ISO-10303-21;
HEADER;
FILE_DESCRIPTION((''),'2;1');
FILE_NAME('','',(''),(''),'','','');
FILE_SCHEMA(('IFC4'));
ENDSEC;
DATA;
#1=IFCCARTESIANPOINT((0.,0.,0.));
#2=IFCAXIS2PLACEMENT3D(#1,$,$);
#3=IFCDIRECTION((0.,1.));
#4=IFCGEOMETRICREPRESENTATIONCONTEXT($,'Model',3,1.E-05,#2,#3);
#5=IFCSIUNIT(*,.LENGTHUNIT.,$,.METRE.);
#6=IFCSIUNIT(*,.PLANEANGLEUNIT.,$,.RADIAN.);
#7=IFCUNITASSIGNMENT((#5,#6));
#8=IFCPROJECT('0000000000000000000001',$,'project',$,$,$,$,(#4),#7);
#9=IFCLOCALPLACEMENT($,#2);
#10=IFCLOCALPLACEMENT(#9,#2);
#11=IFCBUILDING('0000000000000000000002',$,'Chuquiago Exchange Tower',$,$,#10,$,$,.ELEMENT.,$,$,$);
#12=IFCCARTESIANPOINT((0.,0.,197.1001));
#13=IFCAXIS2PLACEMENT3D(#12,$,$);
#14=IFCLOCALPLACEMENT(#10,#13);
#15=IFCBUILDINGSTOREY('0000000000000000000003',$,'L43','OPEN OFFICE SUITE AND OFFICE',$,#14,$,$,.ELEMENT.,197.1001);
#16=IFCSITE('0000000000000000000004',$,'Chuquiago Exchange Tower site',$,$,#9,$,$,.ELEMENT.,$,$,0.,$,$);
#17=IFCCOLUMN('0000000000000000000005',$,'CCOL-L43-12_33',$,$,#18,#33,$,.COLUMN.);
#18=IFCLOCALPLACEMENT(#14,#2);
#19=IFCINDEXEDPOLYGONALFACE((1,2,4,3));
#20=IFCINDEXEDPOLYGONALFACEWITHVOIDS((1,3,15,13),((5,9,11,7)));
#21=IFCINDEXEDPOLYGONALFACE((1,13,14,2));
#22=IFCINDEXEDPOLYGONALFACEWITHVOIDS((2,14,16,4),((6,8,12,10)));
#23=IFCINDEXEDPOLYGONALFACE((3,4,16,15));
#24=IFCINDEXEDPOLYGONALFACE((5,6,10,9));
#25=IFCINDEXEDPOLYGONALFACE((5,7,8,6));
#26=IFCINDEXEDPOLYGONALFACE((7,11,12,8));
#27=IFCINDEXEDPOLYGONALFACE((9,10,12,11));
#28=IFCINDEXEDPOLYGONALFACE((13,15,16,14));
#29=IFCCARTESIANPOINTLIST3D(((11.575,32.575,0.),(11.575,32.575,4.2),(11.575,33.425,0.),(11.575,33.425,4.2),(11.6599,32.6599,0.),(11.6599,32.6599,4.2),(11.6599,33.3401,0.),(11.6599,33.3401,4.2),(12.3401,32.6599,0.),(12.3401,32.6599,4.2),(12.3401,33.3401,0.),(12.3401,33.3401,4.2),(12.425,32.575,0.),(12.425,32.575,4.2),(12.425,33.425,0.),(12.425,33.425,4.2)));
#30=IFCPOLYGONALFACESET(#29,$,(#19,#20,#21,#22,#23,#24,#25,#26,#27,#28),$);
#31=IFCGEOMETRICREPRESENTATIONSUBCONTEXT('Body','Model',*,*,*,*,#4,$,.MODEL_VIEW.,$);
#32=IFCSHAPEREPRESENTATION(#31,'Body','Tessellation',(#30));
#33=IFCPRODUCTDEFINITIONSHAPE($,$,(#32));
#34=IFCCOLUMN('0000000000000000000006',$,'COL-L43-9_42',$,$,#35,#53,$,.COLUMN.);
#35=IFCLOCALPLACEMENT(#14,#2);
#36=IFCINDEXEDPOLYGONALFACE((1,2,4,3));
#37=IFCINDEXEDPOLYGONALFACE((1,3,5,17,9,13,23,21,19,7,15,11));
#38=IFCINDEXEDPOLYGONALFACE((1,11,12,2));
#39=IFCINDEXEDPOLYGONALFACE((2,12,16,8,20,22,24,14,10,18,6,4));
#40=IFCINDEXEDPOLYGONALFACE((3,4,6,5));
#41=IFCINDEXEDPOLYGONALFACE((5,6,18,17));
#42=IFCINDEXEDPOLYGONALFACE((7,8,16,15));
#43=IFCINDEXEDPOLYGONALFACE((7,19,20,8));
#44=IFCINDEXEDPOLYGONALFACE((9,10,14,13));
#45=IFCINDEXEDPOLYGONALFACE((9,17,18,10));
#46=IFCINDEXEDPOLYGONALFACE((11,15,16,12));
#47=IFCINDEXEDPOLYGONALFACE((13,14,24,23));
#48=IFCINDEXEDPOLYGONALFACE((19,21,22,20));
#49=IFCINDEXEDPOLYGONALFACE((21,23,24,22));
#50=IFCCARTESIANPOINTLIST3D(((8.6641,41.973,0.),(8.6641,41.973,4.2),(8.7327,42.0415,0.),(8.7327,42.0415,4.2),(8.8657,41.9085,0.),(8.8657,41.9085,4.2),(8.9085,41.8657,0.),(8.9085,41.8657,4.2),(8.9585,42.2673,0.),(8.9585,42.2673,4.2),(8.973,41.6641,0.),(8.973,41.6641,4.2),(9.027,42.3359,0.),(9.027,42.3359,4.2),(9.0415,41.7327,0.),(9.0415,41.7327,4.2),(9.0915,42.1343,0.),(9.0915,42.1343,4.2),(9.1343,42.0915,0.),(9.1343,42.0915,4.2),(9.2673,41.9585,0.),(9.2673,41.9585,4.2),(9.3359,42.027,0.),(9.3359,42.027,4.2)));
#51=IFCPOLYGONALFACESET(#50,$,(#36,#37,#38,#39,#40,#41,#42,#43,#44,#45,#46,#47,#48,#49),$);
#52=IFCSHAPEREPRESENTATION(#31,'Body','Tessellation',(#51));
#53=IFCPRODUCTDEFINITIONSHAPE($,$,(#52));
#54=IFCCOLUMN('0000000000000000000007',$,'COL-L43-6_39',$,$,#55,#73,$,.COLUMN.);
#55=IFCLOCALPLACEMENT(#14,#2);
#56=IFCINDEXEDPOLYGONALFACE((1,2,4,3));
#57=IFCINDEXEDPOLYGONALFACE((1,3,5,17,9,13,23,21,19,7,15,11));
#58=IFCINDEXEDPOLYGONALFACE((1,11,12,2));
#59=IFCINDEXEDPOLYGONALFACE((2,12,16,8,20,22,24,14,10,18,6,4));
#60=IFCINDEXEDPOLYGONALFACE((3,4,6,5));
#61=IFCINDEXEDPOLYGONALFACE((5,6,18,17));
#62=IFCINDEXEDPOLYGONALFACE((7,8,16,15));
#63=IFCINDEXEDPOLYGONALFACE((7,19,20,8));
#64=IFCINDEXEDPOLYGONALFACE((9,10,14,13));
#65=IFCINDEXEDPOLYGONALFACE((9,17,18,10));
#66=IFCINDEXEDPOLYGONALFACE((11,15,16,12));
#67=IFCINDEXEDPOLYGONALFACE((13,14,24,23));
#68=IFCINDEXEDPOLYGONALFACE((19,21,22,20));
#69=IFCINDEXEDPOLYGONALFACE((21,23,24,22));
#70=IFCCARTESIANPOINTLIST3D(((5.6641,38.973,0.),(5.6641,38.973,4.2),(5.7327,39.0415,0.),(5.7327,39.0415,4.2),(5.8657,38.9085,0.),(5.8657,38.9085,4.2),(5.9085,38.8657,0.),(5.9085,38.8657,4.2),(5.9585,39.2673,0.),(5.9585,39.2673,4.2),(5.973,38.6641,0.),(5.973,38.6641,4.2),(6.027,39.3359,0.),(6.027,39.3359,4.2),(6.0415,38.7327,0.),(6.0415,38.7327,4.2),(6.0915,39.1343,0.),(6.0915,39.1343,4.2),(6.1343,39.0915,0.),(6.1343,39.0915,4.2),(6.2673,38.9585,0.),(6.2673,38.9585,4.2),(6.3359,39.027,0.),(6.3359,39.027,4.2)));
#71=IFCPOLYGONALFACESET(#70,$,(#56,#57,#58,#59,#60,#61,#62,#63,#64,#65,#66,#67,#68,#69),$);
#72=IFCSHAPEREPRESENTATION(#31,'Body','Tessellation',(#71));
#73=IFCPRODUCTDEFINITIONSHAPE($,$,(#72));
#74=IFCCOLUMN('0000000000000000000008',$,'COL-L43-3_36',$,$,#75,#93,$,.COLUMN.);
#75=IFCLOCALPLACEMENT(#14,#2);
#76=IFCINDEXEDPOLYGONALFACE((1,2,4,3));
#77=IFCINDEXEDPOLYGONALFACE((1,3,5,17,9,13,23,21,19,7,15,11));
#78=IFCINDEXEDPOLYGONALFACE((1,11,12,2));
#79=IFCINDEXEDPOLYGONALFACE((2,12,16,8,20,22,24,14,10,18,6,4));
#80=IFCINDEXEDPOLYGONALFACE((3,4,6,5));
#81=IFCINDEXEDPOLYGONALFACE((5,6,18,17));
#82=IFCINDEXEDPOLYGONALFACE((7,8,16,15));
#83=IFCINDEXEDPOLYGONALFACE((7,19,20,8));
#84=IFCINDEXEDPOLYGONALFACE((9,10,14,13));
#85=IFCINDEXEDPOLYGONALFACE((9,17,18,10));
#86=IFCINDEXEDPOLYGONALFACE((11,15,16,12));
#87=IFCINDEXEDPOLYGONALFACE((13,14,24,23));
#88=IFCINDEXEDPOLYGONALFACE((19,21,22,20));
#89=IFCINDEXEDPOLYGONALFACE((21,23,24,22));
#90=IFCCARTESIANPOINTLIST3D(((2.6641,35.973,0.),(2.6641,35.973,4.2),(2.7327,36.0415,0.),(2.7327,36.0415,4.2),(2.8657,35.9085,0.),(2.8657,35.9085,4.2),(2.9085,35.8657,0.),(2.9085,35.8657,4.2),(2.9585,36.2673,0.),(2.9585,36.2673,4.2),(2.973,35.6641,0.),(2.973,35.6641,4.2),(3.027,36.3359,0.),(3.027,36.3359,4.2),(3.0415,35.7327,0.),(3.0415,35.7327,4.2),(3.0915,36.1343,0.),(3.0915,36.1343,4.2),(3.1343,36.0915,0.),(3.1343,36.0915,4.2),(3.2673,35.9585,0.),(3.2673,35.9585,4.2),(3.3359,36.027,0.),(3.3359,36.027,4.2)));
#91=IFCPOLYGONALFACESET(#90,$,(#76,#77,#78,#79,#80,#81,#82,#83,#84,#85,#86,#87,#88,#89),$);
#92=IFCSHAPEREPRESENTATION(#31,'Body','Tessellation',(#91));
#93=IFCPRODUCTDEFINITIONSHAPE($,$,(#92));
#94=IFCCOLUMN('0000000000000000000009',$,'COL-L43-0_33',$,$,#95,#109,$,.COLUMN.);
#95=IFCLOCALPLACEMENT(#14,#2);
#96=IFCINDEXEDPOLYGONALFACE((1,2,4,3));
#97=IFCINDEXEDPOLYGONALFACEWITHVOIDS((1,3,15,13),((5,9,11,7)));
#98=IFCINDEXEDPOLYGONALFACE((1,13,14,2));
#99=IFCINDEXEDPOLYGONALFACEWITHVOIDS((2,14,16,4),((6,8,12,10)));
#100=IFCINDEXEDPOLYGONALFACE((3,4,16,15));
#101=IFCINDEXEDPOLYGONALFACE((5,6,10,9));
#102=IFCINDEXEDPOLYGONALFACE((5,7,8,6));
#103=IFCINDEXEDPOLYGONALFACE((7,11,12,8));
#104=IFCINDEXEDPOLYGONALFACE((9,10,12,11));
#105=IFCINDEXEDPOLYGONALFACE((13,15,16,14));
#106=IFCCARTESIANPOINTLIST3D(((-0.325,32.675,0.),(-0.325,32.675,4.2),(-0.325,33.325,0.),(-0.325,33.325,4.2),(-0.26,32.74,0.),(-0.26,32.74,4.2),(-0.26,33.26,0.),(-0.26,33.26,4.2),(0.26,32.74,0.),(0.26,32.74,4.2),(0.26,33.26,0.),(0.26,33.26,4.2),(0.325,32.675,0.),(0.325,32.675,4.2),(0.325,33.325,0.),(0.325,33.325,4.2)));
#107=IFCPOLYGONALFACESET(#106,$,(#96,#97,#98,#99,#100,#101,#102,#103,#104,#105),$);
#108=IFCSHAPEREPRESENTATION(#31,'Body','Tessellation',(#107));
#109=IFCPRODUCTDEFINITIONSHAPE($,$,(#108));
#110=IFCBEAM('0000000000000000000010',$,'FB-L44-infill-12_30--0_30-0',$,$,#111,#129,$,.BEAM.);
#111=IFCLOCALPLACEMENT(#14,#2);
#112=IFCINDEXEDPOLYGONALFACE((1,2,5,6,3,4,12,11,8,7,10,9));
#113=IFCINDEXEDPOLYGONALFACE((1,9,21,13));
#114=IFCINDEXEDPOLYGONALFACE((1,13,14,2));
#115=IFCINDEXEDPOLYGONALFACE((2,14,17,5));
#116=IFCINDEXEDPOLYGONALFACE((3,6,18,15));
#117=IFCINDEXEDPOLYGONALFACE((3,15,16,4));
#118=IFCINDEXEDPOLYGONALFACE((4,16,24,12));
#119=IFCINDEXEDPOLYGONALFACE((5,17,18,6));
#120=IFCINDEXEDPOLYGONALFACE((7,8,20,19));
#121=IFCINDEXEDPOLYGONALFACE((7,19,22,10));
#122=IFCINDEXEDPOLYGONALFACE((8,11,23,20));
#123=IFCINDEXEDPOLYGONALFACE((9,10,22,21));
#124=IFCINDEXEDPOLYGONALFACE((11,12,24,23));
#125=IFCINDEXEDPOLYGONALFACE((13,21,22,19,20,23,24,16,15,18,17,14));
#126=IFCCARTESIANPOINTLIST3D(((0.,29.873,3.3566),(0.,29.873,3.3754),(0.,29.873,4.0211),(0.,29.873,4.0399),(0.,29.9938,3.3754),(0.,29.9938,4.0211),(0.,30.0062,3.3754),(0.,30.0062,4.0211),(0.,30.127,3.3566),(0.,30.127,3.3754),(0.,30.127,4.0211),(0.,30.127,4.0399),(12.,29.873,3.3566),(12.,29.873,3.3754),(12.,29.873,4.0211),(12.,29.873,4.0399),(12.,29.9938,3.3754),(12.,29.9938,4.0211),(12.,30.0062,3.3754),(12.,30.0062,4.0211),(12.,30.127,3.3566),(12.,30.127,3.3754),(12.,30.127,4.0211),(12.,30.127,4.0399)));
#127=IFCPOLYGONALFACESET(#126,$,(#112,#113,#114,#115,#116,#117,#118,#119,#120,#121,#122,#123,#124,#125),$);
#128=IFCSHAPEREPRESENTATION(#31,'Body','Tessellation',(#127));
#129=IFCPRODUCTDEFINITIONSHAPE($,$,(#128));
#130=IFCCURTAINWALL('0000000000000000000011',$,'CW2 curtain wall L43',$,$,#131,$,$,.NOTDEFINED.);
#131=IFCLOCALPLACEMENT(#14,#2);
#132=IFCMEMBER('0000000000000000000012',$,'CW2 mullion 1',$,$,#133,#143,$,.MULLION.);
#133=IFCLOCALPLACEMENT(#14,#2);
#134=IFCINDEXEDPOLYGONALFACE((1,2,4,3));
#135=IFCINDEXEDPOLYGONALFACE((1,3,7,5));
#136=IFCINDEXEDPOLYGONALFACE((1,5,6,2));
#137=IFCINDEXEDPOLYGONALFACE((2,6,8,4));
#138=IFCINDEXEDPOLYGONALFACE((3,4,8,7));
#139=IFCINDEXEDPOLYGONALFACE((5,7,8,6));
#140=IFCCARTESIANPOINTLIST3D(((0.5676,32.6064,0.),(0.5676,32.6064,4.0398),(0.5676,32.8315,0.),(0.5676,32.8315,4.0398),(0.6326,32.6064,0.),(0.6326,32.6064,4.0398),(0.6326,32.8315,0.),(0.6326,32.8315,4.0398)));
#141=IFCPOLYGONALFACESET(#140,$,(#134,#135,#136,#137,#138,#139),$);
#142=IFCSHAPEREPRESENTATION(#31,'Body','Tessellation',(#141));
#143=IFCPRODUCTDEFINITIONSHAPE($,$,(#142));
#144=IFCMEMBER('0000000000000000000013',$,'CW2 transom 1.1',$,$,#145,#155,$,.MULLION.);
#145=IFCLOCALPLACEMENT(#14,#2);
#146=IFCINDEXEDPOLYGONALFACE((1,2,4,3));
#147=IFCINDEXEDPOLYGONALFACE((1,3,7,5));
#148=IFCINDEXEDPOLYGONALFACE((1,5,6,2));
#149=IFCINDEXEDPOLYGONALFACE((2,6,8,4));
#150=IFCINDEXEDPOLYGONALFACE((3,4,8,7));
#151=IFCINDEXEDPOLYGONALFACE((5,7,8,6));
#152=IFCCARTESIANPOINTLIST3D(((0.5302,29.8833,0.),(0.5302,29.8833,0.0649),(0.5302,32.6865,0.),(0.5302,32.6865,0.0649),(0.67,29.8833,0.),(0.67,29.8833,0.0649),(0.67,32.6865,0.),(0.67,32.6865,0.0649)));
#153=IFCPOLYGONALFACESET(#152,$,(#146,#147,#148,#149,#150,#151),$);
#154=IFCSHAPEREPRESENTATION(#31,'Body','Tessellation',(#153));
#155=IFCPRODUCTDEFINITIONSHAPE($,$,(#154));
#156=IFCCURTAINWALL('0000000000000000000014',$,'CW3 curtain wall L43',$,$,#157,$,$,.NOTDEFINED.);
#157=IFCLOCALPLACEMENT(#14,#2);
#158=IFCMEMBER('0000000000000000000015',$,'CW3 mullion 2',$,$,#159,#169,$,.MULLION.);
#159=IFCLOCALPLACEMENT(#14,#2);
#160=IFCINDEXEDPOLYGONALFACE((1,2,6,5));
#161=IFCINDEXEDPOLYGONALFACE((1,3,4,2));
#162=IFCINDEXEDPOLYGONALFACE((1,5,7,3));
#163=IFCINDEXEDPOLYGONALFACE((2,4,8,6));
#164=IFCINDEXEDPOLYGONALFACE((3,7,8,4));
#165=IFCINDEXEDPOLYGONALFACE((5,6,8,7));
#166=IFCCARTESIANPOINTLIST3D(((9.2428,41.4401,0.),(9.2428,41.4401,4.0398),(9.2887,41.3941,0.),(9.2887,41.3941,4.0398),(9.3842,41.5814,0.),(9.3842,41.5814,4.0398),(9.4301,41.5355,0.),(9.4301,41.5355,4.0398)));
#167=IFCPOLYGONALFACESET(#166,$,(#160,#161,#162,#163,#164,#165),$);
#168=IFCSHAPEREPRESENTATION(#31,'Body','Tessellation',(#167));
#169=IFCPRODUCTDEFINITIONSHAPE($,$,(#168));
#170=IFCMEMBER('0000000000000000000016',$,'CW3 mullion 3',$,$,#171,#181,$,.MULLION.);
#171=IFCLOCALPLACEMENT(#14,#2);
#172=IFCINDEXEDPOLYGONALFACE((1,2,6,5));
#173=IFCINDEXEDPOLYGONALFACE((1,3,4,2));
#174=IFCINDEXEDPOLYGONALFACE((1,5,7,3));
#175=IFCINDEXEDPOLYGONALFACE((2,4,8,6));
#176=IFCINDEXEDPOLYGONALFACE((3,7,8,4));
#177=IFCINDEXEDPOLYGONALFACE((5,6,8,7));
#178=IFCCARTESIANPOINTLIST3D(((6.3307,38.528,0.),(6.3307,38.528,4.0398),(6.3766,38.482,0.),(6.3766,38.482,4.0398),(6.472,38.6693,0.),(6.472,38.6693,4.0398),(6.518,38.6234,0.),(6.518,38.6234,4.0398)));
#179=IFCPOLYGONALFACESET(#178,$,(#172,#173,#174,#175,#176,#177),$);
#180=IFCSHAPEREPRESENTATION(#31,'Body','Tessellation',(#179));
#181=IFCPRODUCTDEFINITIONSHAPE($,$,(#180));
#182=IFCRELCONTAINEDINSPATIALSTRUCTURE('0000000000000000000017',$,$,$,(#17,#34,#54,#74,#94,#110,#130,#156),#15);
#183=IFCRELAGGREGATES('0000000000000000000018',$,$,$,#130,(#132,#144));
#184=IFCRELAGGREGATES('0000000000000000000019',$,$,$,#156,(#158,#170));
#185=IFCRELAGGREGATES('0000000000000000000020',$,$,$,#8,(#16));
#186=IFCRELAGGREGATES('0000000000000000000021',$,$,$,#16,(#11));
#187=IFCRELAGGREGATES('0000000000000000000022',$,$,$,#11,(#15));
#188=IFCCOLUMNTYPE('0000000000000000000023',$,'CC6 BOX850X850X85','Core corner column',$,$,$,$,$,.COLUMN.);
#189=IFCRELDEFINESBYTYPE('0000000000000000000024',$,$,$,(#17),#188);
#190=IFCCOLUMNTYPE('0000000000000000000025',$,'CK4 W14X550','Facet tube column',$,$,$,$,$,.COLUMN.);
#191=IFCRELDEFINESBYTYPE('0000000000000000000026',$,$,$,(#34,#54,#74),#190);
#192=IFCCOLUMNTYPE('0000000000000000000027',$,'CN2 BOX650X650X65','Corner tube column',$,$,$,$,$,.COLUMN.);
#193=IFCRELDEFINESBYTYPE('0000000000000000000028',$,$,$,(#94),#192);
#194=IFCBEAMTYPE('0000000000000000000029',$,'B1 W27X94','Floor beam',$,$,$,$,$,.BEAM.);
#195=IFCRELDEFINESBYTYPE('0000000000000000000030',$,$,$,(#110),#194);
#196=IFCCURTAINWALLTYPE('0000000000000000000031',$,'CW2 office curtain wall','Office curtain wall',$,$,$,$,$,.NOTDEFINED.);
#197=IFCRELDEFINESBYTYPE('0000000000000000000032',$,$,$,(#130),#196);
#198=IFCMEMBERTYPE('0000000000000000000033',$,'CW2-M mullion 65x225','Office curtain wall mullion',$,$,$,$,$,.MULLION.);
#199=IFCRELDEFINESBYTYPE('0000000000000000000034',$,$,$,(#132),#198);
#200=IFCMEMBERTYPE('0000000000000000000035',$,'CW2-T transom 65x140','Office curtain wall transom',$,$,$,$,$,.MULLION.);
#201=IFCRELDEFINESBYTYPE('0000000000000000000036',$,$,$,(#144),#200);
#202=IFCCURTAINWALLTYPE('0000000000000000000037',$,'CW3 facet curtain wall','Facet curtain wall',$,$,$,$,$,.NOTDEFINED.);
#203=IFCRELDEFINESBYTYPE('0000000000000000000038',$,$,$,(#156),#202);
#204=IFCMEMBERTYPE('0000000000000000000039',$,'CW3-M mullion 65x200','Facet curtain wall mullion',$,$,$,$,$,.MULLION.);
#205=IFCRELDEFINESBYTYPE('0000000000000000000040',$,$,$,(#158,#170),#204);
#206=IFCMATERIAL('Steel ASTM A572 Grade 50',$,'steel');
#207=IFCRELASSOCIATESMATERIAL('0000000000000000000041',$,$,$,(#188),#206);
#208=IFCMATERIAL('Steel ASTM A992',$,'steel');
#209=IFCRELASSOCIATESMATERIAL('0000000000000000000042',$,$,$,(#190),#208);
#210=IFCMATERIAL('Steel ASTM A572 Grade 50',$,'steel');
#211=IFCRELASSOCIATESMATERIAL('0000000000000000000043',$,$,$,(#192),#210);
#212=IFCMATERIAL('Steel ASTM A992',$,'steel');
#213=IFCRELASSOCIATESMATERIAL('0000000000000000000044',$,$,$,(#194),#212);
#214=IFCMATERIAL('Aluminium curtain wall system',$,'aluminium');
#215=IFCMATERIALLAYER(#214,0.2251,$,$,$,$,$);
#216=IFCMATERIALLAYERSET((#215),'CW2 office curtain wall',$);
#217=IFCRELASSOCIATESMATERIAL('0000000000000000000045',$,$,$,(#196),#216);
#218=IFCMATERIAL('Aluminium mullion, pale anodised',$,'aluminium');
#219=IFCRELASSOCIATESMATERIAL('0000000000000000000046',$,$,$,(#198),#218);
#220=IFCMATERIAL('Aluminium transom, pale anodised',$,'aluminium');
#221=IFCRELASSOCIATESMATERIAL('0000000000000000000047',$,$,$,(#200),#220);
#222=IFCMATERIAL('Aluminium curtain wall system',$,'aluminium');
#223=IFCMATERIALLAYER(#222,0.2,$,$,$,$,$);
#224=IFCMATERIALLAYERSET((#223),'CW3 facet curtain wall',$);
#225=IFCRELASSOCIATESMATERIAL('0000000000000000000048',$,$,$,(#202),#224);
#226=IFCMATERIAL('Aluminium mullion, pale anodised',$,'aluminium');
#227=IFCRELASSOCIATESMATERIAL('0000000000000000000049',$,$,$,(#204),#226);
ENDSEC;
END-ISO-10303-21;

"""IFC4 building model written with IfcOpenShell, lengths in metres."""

from ifc_helpers import new_model, si_unit, direction, frame, origin, origin_2d, place, context, subcontext, project, spatial, rectangle, hollow_rectangle, i_section, extrude, material, layer, layer_set, material_profile, profile_set, type_object, element, aggregate, save


model = new_model("IFC4")

# Units and contexts
model_context = context("Model", 3, precision=1e-05, world=origin(), true_north=direction((0.0, 1.0)))
body_context = subcontext(model_context, "Body", "Model", "MODEL_VIEW")
ifc_project = project(units=[si_unit("LENGTHUNIT", "METRE"), si_unit("PLANEANGLEUNIT", "RADIAN")], contexts=[model_context])

# Site, building, storey
site_placement = place(None, origin())
site = spatial("IfcSite", under=ifc_project, at=site_placement, Name="Chuquiago Exchange Tower site", CompositionType="ELEMENT", RefElevation=0.0)
building_placement = place(site_placement, origin())
building = spatial("IfcBuilding", under=site, at=building_placement, Name="Chuquiago Exchange Tower", CompositionType="ELEMENT")
storey_placement = place(building_placement, frame((0.0, 0.0, 197.1001)))
storey = spatial("IfcBuildingStorey", under=building, at=storey_placement, Name="L43", Description="OPEN OFFICE SUITE AND OFFICE", CompositionType="ELEMENT", Elevation=197.1001)

# Columns
ifc_material_1 = material(Name="Steel ASTM A572 Grade 50", Category="steel")
ifc_material_profile_1 = material_profile(ifc_material_1, hollow_rectangle(XDim=0.8501, YDim=0.8501, WallThickness=0.085, at=origin_2d()), Name="BOX850X850X85")
ifc_profile_set_1 = profile_set([ifc_material_profile_1], Name="Steel ASTM A572 Grade 50")
column_type_1 = type_object("IfcColumnType", Name="CC6 BOX850X850X85", Description="Core corner column", PredefinedType="COLUMN", material=ifc_profile_set_1)
column_1_placement = place(storey_placement, frame((12.0, 33.0, 0.0), z_axis=(0.0, 0.0, 1.0), x_axis=(1.0, 0.0, 0.0)))
element("IfcColumn", 1, at=column_1_placement, inside=storey, type_object=column_type_1, Name="CCOL-L43-12_33", PredefinedType="COLUMN", context=body_context, shape_type="SweptSolid", body=[
    extrude(hollow_rectangle(XDim=0.8501, YDim=0.8501, WallThickness=0.085, at=origin_2d()), origin(), (0.0, 0.0, 1.0), 4.2),
])
ifc_material_2 = material(Name="Steel ASTM A992", Category="steel")
ifc_material_profile_2 = material_profile(ifc_material_2, i_section(OverallWidth=0.4368, OverallDepth=0.5132, WebThickness=0.0605, FlangeThickness=0.0969, at=origin_2d()), Name="W14X550")
ifc_profile_set_2 = profile_set([ifc_material_profile_2], Name="Steel ASTM A992")
column_type_2 = type_object("IfcColumnType", Name="CK4 W14X550", Description="Facet tube column", PredefinedType="COLUMN", material=ifc_profile_set_2)
for number, where, z_axis, x_axis, name in (
    (2, (9.0, 42.0, 0.0), (0.0, 0.0, 1.0), (-0.707107, 0.707107, 0.0), "COL-L43-9_42"),
    (3, (6.0, 39.0, 0.0), (0.0, 0.0, 1.0), (-0.707107, 0.707107, 0.0), "COL-L43-6_39"),
    (4, (3.0, 36.0, 0.0), (0.0, 0.0, 1.0), (-0.707107, 0.707107, 0.0), "COL-L43-3_36"),
):
    element("IfcColumn", number, at=place(storey_placement, frame(where, z_axis=z_axis, x_axis=x_axis)), inside=storey, type_object=column_type_2, Name=name, PredefinedType="COLUMN", context=body_context, shape_type="SweptSolid", body=[
        extrude(i_section(OverallWidth=0.4368, OverallDepth=0.5132, WebThickness=0.0605, FlangeThickness=0.0969, at=origin_2d()), origin(), (0.0, 0.0, 1.0), 4.2),
    ])
ifc_material_3 = material(Name="Steel ASTM A572 Grade 50", Category="steel")
ifc_material_profile_3 = material_profile(ifc_material_3, hollow_rectangle(XDim=0.6499, YDim=0.6499, WallThickness=0.0649, at=origin_2d()), Name="BOX650X650X65")
ifc_profile_set_3 = profile_set([ifc_material_profile_3], Name="Steel ASTM A572 Grade 50")
column_type_3 = type_object("IfcColumnType", Name="CN2 BOX650X650X65", Description="Corner tube column", PredefinedType="COLUMN", material=ifc_profile_set_3)
column_2_placement = place(storey_placement, frame((0.0, 33.0, 0.0), z_axis=(0.0, 0.0, 1.0), x_axis=(-1.0, 0.0, 0.0)))
element("IfcColumn", 5, at=column_2_placement, inside=storey, type_object=column_type_3, Name="COL-L43-0_33", PredefinedType="COLUMN", context=body_context, shape_type="SweptSolid", body=[
    extrude(hollow_rectangle(XDim=0.6499, YDim=0.6499, WallThickness=0.0649, at=origin_2d()), origin(), (0.0, 0.0, 1.0), 4.2),
])

# Beam
ifc_material_4 = material(Name="Steel ASTM A992", Category="steel")
ifc_material_profile_4 = material_profile(ifc_material_4, i_section(OverallWidth=0.2539, OverallDepth=0.6833, WebThickness=0.0125, FlangeThickness=0.0188, at=origin_2d()), Name="W27X94")
ifc_profile_set_4 = profile_set([ifc_material_profile_4], Name="Steel ASTM A992")
beam_type_1 = type_object("IfcBeamType", Name="B1 W27X94", Description="Floor beam", PredefinedType="BEAM", material=ifc_profile_set_4)
beam_1_placement = place(storey_placement, frame((12.0, 30.0, 3.6982), z_axis=(-1.0, 0.0, 0.0), x_axis=(0.0, -1.0, 0.0)))
element("IfcBeam", 6, at=beam_1_placement, inside=storey, type_object=beam_type_1, Name="FB-L44-infill-12_30--0_30-0", PredefinedType="BEAM", context=body_context, shape_type="SweptSolid", body=[
    extrude(i_section(OverallWidth=0.2539, OverallDepth=0.6833, WebThickness=0.0125, FlangeThickness=0.0188, at=origin_2d()), origin(), (0.0, 0.0, 1.0), 12.0),
])

# Curtain walls, members
ifc_material_5 = material(Name="Aluminium curtain wall system", Category="aluminium")
ifc_layer_1 = layer(ifc_material_5, 0.2251)
ifc_layer_set_1 = layer_set([ifc_layer_1], Name="CW2 office curtain wall")
curtain_wall_type_1 = type_object("IfcCurtainWallType", Name="CW2 office curtain wall", Description="Office curtain wall", PredefinedType="NOTDEFINED", material=ifc_layer_set_1)
curtain_wall_1_placement = place(storey_placement, origin())
curtain_wall_1 = element("IfcCurtainWall", 7, at=curtain_wall_1_placement, inside=storey, type_object=curtain_wall_type_1, Name="CW2 curtain wall L43", PredefinedType="NOTDEFINED")
ifc_material_6 = material(Name="Aluminium mullion, pale anodised", Category="aluminium")
ifc_material_profile_5 = material_profile(ifc_material_6, rectangle(XDim=0.0649, YDim=0.2251, at=origin_2d()), Name="AL 65x225")
ifc_profile_set_5 = profile_set([ifc_material_profile_5], Name="Aluminium mullion, pale anodised")
member_type_1 = type_object("IfcMemberType", Name="CW2-M mullion 65x225", Description="Office curtain wall mullion", PredefinedType="MULLION", material=ifc_profile_set_5)
member_1_placement = place(storey_placement, frame((0.6001, 32.719, 0.0), z_axis=(0.0, 0.0, 1.0), x_axis=(1.0, 0.0, 0.0)))
member_1 = element("IfcMember", 8, at=member_1_placement, type_object=member_type_1, Name="CW2 mullion 1", PredefinedType="MULLION", context=body_context, shape_type="SweptSolid", body=[
    extrude(rectangle(XDim=0.0649, YDim=0.2251, at=origin_2d()), origin(), (0.0, 0.0, 1.0), 4.0398),
])
ifc_material_7 = material(Name="Aluminium transom, pale anodised", Category="aluminium")
ifc_material_profile_6 = material_profile(ifc_material_7, rectangle(XDim=0.1399, YDim=0.0649, at=origin_2d()), Name="AL 140x65")
ifc_profile_set_6 = profile_set([ifc_material_profile_6], Name="Aluminium transom, pale anodised")
member_type_2 = type_object("IfcMemberType", Name="CW2-T transom 65x140", Description="Office curtain wall transom", PredefinedType="MULLION", material=ifc_profile_set_6)
member_2_placement = place(storey_placement, frame((0.6001, 32.6865, 0.0325), z_axis=(0.0, -1.0, 0.0), x_axis=(1.0, 0.0, 0.0)))
member_2 = element("IfcMember", 9, at=member_2_placement, type_object=member_type_2, Name="CW2 transom 1.1", PredefinedType="MULLION", context=body_context, shape_type="SweptSolid", body=[
    extrude(rectangle(XDim=0.1399, YDim=0.0649, at=origin_2d()), origin(), (0.0, 0.0, 1.0), 2.8032),
])
ifc_material_8 = material(Name="Aluminium curtain wall system", Category="aluminium")
ifc_layer_2 = layer(ifc_material_8, 0.2)
ifc_layer_set_2 = layer_set([ifc_layer_2], Name="CW3 facet curtain wall")
curtain_wall_type_2 = type_object("IfcCurtainWallType", Name="CW3 facet curtain wall", Description="Facet curtain wall", PredefinedType="NOTDEFINED", material=ifc_layer_set_2)
curtain_wall_2_placement = place(storey_placement, origin())
curtain_wall_2 = element("IfcCurtainWall", 10, at=curtain_wall_2_placement, inside=storey, type_object=curtain_wall_type_2, Name="CW3 curtain wall L43", PredefinedType="NOTDEFINED")
ifc_material_9 = material(Name="Aluminium mullion, pale anodised", Category="aluminium")
ifc_material_profile_7 = material_profile(ifc_material_9, rectangle(XDim=0.0649, YDim=0.2, at=origin_2d()), Name="AL 65x200")
ifc_profile_set_7 = profile_set([ifc_material_profile_7], Name="Aluminium mullion, pale anodised")
member_type_3 = type_object("IfcMemberType", Name="CW3-M mullion 65x200", Description="Facet curtain wall mullion", PredefinedType="MULLION", material=ifc_profile_set_7)
member_3_placement = place(storey_placement, frame((9.3364, 41.4878, 0.0), z_axis=(0.0, 0.0, 1.0), x_axis=(0.707107, -0.707107, 0.0)))
member_3 = element("IfcMember", 11, at=member_3_placement, type_object=member_type_3, Name="CW3 mullion 2", PredefinedType="MULLION", context=body_context, shape_type="SweptSolid", body=[
    extrude(rectangle(XDim=0.0649, YDim=0.2, at=origin_2d()), origin(), (0.0, 0.0, 1.0), 4.0398),
])
member_4_placement = place(storey_placement, frame((6.4243, 38.5757, 0.0), z_axis=(0.0, 0.0, 1.0), x_axis=(0.707107, -0.707107, 0.0)))
member_4 = element("IfcMember", 12, at=member_4_placement, type_object=member_type_3, Name="CW3 mullion 3", PredefinedType="MULLION", context=body_context, shape_type="SweptSolid", body=[
    extrude(rectangle(XDim=0.0649, YDim=0.2, at=origin_2d()), origin(), (0.0, 0.0, 1.0), 4.0398),
])

aggregate(curtain_wall_1, [member_1, member_2])
aggregate(curtain_wall_2, [member_3, member_4])

save(model, "model.ifc")
